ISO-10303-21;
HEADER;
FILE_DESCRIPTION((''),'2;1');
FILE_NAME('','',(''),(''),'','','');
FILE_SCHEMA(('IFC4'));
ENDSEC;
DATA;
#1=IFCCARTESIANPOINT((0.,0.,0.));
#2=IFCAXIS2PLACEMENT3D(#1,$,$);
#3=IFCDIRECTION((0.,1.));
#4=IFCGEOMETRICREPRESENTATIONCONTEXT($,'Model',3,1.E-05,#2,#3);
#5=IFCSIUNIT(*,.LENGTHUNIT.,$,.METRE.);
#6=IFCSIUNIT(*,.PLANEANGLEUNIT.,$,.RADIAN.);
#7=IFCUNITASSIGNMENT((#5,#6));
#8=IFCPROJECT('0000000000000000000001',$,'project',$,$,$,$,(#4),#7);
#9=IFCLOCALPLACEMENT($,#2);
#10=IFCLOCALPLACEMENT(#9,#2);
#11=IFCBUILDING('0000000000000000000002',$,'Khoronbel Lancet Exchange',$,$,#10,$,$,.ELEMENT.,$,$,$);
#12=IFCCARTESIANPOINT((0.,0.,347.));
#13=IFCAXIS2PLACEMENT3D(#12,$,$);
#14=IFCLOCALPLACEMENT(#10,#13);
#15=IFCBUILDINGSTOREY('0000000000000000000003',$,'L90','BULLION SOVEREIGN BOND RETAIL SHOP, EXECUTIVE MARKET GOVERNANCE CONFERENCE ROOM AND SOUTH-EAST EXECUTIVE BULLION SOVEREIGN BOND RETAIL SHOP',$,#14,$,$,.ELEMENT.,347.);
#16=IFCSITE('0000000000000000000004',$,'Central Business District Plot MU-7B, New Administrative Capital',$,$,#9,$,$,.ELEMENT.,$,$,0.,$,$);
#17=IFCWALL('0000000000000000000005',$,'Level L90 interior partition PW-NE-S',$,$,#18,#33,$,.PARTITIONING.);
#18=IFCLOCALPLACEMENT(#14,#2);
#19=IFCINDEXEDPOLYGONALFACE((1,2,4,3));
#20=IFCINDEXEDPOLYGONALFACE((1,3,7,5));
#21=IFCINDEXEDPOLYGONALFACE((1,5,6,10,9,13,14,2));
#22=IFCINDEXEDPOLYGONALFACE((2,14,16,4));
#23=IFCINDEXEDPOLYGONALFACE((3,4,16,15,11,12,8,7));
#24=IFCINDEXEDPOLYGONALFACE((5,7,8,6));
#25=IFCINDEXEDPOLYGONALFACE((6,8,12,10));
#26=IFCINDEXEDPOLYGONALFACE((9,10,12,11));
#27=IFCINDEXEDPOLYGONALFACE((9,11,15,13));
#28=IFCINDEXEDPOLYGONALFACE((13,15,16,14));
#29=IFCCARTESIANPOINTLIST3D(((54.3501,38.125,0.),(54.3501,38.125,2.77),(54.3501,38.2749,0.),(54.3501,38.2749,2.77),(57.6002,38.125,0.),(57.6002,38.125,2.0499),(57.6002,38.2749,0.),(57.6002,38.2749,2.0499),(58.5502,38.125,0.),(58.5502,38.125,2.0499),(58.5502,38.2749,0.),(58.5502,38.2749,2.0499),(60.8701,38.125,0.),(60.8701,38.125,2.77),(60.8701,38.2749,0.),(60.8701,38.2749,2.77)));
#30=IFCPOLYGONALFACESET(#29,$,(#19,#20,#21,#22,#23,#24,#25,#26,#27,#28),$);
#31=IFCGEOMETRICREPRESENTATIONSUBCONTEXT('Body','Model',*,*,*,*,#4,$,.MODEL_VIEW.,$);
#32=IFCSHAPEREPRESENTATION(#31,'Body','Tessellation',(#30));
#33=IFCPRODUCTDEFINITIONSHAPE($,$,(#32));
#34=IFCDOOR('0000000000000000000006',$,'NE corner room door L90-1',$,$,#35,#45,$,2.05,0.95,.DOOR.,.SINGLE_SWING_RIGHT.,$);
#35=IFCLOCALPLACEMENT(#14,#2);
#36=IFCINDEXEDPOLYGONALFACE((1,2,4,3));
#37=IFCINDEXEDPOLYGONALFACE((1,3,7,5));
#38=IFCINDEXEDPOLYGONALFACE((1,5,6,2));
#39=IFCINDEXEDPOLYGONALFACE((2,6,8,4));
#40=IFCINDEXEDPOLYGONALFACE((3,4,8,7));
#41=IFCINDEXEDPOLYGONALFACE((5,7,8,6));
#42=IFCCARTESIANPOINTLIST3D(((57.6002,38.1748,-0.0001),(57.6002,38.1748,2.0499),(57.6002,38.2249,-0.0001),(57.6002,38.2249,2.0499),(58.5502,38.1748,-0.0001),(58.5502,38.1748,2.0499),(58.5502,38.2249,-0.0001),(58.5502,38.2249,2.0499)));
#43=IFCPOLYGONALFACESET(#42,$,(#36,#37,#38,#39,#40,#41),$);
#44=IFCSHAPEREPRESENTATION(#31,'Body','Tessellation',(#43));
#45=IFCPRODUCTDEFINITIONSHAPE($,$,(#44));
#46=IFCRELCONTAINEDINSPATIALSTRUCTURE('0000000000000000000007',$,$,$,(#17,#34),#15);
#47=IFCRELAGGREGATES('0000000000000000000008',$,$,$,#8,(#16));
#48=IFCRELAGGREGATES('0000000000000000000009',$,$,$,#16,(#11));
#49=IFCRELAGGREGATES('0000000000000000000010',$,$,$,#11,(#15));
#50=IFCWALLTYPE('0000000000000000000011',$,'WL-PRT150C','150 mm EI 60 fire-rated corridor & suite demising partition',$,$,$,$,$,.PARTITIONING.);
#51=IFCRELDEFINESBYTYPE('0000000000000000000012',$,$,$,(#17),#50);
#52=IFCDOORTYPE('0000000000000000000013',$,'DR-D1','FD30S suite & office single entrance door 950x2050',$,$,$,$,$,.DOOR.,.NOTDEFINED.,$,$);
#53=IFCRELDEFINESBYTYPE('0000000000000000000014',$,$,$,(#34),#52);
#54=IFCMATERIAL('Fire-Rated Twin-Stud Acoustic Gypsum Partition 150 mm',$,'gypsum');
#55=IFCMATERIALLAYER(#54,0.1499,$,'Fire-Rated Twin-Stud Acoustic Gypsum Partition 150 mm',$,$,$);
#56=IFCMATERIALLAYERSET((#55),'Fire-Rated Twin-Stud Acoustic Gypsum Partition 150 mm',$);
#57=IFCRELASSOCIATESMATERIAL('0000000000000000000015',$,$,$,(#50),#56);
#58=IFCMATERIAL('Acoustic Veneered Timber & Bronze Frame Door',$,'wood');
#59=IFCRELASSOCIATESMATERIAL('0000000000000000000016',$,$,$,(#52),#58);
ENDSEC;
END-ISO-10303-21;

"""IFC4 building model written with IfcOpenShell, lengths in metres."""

from ifc_helpers import new_model, si_unit, direction, frame, frame_2d, origin, place, context, subcontext, project, spatial, rectangle, extrude, material, layer, layer_set, type_object, element, fill, save


model = new_model("IFC4")

# Units and contexts
model_context = context("Model", 3, precision=1e-05, world=origin(), true_north=direction((0.0, 1.0)))
body_context = subcontext(model_context, "Body", "Model", "MODEL_VIEW")
ifc_project = project(units=[si_unit("LENGTHUNIT", "METRE"), si_unit("PLANEANGLEUNIT", "RADIAN")], contexts=[model_context])

# Site, building, storey
site_placement = place(None, origin())
site = spatial("IfcSite", under=ifc_project, at=site_placement, Name="Central Business District Plot MU-7B, New Administrative Capital", CompositionType="ELEMENT", RefElevation=0.0)
building_placement = place(site_placement, origin())
building = spatial("IfcBuilding", under=site, at=building_placement, Name="Khoronbel Lancet Exchange", CompositionType="ELEMENT")
storey_placement = place(building_placement, frame((0.0, 0.0, 347.0)))
storey = spatial("IfcBuildingStorey", under=building, at=storey_placement, Name="L90", Description="BULLION SOVEREIGN BOND RETAIL SHOP, EXECUTIVE MARKET GOVERNANCE CONFERENCE ROOM AND SOUTH-EAST EXECUTIVE BULLION SOVEREIGN BOND RETAIL SHOP", CompositionType="ELEMENT", Elevation=347.0)

# Wall, opening, door
ifc_material_1 = material(Name="Fire-Rated Twin-Stud Acoustic Gypsum Partition 150 mm", Category="gypsum")
ifc_layer_1 = layer(ifc_material_1, 0.1499, Name="Fire-Rated Twin-Stud Acoustic Gypsum Partition 150 mm")
ifc_layer_set_1 = layer_set([ifc_layer_1], Name="Fire-Rated Twin-Stud Acoustic Gypsum Partition 150 mm")
wall_type_1 = type_object("IfcWallType", Name="WL-PRT150C", Description="150 mm EI 60 fire-rated corridor & suite demising partition", PredefinedType="PARTITIONING", material=ifc_layer_set_1)
wall_1_placement = place(storey_placement, frame((54.3501, 38.2, 0.0), z_axis=(0.0, 0.0, 1.0), x_axis=(1.0, 0.0, 0.0)))
wall_1 = element("IfcWall", 1, at=wall_1_placement, inside=storey, type_object=wall_type_1, Name="Level L90 interior partition PW-NE-S", PredefinedType="PARTITIONING", context=body_context, shape_type="SweptSolid", body=[
    extrude(rectangle(XDim=6.52, YDim=0.1499, at=frame_2d((3.26, 0.0))), origin(), (0.0, 0.0, 1.0), 2.77),
])
opening_1_placement = place(wall_1_placement, frame((3.25, 0.0, 0.0)))
opening_1 = element("IfcOpeningElement", 2, at=opening_1_placement, cuts=wall_1, PredefinedType="OPENING", context=body_context, shape_type="SweptSolid", body=[
    extrude(rectangle(XDim=0.95, YDim=2.05, at=frame_2d((0.4751, 1.0249))), frame((0.0, 0.085, 0.0), z_axis=(0.0, -1.0, 0.0), x_axis=(1.0, 0.0, 0.0)), (0.0, 0.0, 1.0), 0.1699),
])
ifc_material_2 = material(Name="Acoustic Veneered Timber & Bronze Frame Door", Category="wood")
door_type_1 = type_object("IfcDoorType", Name="DR-D1", Description="FD30S suite & office single entrance door 950x2050", OperationType="NOTDEFINED", PredefinedType="DOOR", material=ifc_material_2)
door_1_placement = place(opening_1_placement, origin())
door_1 = element("IfcDoor", 3, at=door_1_placement, inside=storey, type_object=door_type_1, Name="NE corner room door L90-1", OperationType="SINGLE_SWING_RIGHT", OverallHeight=2.05, OverallWidth=0.95, PredefinedType="DOOR", context=body_context, shape_type="SweptSolid", body=[
    extrude(rectangle(XDim=0.95, YDim=2.05, at=frame_2d((0.4751, 1.0249))), frame((0.0, 0.0249, 0.0), z_axis=(0.0, -1.0, 0.0), x_axis=(1.0, 0.0, 0.0)), (0.0, 0.0, 1.0), 0.05),
])
fill(opening_1, door_1)

save(model, "model.ifc")
